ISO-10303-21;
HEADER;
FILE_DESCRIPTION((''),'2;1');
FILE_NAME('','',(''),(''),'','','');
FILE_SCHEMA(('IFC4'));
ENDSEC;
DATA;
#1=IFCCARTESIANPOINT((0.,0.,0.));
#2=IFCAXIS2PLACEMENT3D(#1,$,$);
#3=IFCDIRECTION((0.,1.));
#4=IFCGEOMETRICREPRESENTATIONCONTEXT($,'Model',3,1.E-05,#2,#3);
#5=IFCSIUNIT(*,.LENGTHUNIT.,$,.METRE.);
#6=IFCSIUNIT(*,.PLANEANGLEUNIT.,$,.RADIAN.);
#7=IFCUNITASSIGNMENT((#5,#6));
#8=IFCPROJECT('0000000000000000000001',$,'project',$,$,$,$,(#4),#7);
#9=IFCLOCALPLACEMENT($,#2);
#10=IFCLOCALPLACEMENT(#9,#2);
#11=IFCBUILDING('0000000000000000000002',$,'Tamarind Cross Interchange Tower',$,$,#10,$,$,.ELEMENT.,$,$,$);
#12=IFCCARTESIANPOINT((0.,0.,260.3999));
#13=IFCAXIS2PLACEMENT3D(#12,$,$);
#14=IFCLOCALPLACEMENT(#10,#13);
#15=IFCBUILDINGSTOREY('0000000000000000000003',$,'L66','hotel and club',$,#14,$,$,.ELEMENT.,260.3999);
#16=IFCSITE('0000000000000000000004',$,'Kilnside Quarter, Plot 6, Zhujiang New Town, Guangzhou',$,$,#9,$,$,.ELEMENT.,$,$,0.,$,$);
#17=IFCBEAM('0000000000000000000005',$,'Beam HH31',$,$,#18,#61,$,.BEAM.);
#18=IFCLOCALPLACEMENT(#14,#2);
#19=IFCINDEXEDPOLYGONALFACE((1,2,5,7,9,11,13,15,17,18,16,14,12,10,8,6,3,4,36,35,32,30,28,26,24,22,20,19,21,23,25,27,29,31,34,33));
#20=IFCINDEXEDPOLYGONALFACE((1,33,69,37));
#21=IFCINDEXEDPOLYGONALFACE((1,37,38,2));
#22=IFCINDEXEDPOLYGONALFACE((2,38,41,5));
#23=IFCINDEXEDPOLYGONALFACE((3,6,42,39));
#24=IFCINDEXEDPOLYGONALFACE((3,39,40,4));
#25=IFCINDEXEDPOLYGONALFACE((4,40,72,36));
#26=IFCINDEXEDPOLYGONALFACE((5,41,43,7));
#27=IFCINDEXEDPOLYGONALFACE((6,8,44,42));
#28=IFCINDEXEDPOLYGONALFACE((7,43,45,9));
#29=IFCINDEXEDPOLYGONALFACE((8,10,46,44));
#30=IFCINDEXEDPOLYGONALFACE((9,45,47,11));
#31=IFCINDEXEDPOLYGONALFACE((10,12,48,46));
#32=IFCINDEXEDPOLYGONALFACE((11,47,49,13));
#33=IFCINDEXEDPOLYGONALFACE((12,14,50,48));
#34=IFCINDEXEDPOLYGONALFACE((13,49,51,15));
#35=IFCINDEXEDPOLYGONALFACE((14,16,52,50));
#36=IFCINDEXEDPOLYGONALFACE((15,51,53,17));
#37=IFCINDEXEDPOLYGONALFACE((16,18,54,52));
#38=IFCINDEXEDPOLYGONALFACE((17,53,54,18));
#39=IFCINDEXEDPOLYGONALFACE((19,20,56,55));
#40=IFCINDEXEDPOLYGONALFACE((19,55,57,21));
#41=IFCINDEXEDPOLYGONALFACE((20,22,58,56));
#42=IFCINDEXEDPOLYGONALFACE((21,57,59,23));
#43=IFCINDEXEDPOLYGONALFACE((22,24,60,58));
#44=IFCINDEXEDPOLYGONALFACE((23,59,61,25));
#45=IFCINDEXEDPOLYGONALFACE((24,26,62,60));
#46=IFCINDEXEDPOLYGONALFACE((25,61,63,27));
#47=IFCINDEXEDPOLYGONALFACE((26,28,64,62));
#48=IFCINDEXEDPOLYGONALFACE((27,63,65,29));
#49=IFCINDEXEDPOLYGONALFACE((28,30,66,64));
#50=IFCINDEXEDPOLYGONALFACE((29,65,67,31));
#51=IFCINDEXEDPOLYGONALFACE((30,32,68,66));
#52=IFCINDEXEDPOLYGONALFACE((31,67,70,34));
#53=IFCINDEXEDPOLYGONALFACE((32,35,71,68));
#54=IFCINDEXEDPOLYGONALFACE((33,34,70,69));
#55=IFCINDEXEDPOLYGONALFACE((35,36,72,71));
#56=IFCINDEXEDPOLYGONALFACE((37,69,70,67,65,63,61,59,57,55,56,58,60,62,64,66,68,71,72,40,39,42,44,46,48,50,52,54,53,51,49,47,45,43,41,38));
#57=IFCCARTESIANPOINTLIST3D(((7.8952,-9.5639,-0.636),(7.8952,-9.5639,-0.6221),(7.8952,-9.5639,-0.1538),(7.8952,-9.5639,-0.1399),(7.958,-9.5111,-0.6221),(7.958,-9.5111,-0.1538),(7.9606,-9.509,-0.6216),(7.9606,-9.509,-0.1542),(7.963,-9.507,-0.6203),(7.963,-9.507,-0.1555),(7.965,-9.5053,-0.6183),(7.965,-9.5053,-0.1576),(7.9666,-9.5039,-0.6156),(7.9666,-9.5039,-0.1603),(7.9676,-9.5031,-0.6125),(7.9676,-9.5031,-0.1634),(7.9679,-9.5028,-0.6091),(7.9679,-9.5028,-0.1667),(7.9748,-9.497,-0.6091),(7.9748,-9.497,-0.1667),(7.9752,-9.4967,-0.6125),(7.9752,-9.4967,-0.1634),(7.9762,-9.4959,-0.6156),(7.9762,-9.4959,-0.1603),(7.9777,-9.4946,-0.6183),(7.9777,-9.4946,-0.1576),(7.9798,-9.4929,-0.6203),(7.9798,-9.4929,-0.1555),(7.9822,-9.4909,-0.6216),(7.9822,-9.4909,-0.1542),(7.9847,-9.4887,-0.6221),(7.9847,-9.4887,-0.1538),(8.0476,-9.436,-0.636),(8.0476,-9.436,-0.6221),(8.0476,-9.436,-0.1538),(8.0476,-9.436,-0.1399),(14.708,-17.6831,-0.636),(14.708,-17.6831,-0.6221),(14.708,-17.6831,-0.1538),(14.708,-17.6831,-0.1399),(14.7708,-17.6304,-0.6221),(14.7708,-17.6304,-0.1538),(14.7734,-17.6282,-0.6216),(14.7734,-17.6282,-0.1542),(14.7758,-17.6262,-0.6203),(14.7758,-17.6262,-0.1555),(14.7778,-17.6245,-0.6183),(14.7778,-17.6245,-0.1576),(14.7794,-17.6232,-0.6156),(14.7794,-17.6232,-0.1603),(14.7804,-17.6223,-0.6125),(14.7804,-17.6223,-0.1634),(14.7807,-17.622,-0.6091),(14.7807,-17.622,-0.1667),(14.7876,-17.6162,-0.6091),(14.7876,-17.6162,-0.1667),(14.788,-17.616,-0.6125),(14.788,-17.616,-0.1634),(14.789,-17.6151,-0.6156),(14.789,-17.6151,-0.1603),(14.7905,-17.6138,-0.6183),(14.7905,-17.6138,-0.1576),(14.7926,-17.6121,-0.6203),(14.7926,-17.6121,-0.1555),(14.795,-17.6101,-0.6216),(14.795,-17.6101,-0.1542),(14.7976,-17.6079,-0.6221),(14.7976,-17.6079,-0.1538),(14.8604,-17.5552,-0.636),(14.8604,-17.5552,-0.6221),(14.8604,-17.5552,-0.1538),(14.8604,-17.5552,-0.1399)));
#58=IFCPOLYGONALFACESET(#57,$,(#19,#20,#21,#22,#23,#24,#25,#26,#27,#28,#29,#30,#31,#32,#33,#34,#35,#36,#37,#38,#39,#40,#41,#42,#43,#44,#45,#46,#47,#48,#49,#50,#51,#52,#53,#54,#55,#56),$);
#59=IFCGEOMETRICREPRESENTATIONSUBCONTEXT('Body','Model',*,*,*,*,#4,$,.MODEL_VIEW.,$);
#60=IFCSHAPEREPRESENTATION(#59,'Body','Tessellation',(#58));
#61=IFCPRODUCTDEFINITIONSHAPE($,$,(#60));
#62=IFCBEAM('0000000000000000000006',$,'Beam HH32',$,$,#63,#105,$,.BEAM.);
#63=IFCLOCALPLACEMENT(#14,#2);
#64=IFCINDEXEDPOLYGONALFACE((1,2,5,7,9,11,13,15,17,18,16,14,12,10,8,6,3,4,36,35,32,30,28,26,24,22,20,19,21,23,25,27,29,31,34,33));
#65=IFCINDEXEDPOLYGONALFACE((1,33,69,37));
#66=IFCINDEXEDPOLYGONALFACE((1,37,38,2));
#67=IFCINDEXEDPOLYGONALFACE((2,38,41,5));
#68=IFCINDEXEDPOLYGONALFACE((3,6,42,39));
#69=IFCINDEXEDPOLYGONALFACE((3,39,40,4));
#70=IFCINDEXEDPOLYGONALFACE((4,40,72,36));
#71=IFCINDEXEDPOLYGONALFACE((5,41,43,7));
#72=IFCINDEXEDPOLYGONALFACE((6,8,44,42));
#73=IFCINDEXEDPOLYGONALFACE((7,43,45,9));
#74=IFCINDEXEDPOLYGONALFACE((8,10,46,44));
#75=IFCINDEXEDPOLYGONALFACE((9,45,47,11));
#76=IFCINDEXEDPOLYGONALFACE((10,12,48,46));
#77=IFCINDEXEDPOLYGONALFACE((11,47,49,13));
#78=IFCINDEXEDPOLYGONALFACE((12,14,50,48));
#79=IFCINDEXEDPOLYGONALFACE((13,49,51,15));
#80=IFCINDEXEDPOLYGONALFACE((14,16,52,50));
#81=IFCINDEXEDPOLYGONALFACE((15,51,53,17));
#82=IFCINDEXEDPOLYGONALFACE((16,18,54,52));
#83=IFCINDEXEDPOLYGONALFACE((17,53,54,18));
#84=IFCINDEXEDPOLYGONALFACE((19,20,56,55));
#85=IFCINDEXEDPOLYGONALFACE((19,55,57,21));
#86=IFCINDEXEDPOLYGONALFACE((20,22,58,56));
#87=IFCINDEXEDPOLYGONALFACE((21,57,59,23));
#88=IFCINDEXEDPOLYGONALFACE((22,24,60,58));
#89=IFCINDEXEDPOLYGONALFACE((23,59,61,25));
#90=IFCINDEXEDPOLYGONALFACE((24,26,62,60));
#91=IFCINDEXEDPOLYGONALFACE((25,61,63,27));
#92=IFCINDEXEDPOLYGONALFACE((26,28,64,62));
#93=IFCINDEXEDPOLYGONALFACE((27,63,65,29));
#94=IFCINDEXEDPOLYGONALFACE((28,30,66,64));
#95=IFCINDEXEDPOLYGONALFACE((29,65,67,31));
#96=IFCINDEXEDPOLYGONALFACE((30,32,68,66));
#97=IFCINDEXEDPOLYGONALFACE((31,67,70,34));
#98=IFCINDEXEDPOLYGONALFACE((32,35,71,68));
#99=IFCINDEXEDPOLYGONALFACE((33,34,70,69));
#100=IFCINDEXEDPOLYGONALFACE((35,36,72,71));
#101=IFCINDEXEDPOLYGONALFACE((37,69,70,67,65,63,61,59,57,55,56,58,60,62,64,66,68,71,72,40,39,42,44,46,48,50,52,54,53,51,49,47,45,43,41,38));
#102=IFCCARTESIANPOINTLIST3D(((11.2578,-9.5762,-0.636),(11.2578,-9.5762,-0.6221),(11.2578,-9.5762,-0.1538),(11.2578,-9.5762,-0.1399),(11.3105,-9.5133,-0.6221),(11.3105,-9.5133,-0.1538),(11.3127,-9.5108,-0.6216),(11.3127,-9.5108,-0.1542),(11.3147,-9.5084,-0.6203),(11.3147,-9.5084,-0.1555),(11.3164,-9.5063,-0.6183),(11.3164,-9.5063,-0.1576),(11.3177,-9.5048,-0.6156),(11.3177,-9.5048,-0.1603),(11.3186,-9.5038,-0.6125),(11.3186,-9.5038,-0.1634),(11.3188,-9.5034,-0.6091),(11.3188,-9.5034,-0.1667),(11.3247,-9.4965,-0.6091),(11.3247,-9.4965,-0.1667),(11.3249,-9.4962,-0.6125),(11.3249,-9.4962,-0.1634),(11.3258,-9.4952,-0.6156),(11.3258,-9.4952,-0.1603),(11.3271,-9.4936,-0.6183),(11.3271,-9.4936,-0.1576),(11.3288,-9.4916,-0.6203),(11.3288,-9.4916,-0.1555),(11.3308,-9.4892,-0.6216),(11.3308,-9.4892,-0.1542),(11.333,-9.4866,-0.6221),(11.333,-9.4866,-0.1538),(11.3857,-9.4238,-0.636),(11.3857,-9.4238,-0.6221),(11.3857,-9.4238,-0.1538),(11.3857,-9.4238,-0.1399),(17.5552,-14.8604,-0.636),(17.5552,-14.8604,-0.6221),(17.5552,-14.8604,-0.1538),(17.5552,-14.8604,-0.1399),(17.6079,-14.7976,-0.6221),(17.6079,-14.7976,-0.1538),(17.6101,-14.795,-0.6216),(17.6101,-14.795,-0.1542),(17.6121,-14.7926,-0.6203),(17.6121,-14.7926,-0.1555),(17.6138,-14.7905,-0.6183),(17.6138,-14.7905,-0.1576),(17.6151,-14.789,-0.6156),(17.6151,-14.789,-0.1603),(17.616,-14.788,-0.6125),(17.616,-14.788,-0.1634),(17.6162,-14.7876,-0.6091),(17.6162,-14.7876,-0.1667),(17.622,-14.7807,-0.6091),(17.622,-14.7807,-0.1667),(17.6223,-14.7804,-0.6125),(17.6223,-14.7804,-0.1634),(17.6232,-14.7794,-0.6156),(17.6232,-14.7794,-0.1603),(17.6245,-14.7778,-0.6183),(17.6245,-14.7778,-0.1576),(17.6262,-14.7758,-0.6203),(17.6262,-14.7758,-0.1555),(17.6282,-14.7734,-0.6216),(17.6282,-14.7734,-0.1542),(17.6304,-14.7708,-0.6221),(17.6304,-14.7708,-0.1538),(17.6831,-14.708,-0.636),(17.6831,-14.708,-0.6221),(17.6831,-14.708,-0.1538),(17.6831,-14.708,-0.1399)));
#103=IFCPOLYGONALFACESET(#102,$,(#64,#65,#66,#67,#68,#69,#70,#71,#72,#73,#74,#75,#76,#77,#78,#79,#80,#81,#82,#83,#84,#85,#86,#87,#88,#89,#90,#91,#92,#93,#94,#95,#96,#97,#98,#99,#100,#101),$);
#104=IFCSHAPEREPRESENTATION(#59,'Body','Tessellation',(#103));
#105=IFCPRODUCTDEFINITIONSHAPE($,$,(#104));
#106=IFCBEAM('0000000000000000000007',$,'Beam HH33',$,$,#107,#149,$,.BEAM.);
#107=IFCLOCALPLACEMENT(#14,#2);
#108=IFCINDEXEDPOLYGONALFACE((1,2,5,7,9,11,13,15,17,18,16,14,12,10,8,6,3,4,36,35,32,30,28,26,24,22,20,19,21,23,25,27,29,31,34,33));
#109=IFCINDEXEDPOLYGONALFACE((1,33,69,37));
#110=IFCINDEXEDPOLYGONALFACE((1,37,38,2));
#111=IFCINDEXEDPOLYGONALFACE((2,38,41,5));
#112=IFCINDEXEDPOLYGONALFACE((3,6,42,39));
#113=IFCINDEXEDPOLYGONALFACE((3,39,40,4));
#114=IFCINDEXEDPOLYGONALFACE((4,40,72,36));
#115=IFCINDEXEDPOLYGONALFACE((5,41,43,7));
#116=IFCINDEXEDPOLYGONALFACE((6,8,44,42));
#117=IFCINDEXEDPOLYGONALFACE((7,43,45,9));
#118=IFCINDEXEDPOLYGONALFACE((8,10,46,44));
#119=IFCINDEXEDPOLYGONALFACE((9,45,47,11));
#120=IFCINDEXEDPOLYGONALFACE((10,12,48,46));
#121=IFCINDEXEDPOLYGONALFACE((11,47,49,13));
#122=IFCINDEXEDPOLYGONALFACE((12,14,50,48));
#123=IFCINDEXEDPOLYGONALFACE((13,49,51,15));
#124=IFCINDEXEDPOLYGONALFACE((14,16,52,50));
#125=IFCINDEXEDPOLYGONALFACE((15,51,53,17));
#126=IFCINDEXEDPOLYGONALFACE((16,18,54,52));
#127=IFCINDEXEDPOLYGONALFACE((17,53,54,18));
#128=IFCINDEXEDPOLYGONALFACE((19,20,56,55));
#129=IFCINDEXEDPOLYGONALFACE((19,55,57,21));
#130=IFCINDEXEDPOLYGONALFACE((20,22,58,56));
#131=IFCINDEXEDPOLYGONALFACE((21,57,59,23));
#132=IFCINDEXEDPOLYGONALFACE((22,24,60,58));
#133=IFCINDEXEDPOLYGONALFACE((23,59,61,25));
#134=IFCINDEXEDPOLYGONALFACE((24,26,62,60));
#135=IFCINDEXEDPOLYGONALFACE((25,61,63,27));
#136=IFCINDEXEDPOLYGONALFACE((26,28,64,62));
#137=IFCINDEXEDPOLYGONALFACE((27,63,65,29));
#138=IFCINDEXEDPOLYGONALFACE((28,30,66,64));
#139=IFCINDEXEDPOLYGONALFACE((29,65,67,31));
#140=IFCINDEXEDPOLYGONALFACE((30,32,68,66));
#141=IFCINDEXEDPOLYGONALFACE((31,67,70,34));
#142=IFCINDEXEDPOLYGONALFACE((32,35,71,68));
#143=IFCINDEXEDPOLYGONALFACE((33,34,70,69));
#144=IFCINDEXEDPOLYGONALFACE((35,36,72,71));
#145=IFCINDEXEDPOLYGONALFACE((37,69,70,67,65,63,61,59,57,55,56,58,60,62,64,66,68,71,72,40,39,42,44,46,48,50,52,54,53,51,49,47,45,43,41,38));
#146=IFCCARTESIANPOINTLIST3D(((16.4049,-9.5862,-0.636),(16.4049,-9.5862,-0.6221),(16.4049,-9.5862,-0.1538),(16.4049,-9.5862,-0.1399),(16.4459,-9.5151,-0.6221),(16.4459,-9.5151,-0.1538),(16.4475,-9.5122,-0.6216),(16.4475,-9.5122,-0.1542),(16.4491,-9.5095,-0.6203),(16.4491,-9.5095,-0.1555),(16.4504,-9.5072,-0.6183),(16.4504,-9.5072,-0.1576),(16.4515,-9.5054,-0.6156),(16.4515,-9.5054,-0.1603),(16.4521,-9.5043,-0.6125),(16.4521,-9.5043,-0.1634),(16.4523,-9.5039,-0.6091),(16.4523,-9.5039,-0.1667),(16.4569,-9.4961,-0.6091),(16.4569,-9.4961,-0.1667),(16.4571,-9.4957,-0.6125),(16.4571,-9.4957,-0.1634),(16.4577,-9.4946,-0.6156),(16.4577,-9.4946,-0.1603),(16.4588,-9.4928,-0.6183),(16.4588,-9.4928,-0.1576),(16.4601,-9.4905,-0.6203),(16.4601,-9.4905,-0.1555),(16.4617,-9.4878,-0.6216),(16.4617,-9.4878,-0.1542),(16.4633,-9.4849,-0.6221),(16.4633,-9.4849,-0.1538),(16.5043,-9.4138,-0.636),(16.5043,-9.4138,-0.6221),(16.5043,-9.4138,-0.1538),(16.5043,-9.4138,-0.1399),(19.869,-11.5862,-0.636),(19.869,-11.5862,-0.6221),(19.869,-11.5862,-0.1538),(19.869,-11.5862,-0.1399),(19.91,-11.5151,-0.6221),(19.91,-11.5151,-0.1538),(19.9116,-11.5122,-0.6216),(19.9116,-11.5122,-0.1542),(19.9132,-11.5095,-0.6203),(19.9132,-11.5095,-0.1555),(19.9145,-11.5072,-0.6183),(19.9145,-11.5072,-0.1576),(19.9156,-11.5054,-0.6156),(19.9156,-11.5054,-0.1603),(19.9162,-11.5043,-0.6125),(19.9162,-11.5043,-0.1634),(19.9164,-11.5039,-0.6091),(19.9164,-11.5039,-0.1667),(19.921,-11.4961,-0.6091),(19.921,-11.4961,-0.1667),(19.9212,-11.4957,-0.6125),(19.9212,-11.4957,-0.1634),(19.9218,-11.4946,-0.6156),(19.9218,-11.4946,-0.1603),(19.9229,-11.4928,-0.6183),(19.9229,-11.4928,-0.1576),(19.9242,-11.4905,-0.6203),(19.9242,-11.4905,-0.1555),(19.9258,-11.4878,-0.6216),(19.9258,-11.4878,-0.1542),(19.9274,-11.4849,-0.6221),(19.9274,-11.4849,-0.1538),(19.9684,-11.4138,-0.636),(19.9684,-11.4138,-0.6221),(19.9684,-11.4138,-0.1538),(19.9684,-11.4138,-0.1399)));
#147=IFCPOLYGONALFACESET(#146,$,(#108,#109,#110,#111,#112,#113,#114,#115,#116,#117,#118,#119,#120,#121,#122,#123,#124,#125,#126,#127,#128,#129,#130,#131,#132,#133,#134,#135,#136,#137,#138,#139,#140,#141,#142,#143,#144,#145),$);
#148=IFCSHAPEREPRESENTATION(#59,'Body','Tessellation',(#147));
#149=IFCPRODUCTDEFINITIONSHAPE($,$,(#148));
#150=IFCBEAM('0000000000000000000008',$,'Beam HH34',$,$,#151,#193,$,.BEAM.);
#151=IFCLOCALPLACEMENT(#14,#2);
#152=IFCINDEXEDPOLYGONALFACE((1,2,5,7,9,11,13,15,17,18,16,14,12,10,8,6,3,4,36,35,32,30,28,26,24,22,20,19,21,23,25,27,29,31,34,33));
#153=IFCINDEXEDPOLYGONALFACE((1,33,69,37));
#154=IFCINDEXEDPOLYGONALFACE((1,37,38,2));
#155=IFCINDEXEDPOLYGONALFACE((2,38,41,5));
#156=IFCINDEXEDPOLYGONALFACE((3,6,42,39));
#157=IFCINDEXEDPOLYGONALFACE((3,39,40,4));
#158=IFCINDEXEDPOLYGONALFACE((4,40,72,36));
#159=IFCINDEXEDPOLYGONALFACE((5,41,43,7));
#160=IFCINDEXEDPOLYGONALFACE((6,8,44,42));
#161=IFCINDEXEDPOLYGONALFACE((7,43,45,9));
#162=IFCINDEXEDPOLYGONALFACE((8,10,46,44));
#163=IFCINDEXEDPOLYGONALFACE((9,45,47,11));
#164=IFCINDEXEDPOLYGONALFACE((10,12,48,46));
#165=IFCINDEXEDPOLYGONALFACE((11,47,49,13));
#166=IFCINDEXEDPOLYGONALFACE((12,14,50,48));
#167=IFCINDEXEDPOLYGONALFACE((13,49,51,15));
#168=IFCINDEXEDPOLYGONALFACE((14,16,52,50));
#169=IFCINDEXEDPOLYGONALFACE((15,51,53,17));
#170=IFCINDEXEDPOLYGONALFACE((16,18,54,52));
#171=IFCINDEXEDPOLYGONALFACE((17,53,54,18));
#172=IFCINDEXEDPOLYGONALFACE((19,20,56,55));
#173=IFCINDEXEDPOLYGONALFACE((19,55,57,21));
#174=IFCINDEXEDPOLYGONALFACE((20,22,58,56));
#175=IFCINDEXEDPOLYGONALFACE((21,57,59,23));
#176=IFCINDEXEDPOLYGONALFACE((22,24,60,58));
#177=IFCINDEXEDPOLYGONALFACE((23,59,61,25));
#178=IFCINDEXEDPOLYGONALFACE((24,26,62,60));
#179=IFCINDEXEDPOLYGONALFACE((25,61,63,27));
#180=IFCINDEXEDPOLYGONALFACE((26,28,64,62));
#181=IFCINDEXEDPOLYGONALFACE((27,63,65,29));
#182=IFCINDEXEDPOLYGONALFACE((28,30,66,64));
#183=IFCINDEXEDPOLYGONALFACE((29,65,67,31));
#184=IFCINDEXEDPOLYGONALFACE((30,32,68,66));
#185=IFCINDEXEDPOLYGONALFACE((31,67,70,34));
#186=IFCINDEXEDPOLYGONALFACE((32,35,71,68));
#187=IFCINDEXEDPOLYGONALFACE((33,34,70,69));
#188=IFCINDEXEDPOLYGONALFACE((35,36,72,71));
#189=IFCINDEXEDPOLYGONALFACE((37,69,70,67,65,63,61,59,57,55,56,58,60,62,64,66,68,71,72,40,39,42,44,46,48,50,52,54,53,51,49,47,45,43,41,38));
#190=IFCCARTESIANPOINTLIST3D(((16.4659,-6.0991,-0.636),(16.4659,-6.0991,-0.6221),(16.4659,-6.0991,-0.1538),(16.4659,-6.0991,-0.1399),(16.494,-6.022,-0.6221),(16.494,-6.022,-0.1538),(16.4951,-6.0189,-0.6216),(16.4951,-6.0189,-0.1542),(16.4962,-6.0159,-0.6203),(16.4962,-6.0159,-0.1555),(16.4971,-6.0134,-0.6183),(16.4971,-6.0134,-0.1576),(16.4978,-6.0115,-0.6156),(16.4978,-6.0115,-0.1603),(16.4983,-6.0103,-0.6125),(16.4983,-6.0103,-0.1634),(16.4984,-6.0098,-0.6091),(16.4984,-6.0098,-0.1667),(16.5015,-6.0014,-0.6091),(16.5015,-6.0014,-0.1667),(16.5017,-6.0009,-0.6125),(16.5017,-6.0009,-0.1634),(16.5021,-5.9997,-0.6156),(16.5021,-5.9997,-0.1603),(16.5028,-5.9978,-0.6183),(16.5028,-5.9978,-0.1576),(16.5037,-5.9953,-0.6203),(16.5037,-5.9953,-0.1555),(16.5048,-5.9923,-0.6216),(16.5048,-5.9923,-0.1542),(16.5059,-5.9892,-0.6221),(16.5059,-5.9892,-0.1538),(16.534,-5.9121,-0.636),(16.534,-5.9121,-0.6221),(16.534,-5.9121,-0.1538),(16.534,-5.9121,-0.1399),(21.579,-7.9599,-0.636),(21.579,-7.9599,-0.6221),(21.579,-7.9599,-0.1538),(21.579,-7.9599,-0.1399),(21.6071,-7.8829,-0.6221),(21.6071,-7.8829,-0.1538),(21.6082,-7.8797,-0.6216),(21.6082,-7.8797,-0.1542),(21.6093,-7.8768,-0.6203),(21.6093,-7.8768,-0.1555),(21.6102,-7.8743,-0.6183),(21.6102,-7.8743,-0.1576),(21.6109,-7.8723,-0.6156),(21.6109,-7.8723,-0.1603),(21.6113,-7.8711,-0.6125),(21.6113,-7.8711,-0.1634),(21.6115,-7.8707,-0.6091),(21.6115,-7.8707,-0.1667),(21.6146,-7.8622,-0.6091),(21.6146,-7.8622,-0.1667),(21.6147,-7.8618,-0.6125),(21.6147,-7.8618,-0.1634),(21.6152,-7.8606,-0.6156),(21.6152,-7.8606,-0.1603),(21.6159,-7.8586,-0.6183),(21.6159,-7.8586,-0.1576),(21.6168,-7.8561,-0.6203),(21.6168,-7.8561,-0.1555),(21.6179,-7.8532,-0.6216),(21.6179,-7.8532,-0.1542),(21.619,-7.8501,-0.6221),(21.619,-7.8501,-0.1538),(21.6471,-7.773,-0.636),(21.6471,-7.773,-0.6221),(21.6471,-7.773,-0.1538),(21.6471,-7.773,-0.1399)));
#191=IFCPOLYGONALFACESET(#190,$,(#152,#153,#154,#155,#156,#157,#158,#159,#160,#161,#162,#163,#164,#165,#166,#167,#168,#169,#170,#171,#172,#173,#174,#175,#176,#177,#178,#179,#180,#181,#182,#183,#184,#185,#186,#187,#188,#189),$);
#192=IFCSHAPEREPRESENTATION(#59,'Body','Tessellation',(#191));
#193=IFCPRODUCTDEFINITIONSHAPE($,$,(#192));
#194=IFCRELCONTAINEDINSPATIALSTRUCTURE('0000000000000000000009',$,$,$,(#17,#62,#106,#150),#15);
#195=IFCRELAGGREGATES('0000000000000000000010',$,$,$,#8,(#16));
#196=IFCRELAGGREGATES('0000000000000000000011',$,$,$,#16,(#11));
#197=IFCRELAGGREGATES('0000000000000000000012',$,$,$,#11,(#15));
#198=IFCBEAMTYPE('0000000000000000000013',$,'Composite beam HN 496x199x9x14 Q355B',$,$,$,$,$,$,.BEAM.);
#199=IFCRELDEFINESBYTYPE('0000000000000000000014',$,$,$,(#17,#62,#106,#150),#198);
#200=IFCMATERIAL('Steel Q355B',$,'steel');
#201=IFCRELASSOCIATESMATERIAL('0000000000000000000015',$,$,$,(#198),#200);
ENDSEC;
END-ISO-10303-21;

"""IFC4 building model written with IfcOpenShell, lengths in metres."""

from ifc_helpers import new_model, si_unit, direction, frame, origin, origin_2d, place, context, subcontext, project, spatial, i_section, extrude, material, material_profile, profile_set, type_object, element, save


model = new_model("IFC4")

# Units and contexts
model_context = context("Model", 3, precision=1e-05, world=origin(), true_north=direction((0.0, 1.0)))
body_context = subcontext(model_context, "Body", "Model", "MODEL_VIEW")
ifc_project = project(units=[si_unit("LENGTHUNIT", "METRE"), si_unit("PLANEANGLEUNIT", "RADIAN")], contexts=[model_context])

# Site, building, storey
site_placement = place(None, origin())
site = spatial("IfcSite", under=ifc_project, at=site_placement, Name="Kilnside Quarter, Plot 6, Zhujiang New Town, Guangzhou", CompositionType="ELEMENT", RefElevation=0.0)
building_placement = place(site_placement, origin())
building = spatial("IfcBuilding", under=site, at=building_placement, Name="Tamarind Cross Interchange Tower", CompositionType="ELEMENT")
storey_placement = place(building_placement, frame((0.0, 0.0, 260.3999)))
storey = spatial("IfcBuildingStorey", under=building, at=storey_placement, Name="L66", Description="hotel and club", CompositionType="ELEMENT", Elevation=260.3999)

# Beams
ifc_material_1 = material(Name="Steel Q355B", Category="steel")
ifc_material_profile_1 = material_profile(ifc_material_1, i_section(OverallWidth=0.199, OverallDepth=0.4961, WebThickness=0.009, FlangeThickness=0.0139, FilletRadius=0.0129, at=origin_2d()), Name="HN 496x199x9x14")
ifc_profile_set_1 = profile_set([ifc_material_profile_1], Name="Steel Q355B")
beam_type = type_object("IfcBeamType", Name="Composite beam HN 496x199x9x14 Q355B", PredefinedType="BEAM", material=ifc_profile_set_1)
beam_1_placement = place(storey_placement, frame((14.7842, -17.6191, -0.3879), z_axis=(-0.642786, 0.766046, 0.0), x_axis=(-0.766046, -0.642786, 0.0)))
element("IfcBeam", 1, at=beam_1_placement, inside=storey, type_object=beam_type, Name="Beam HH31", PredefinedType="BEAM", context=body_context, shape_type="SweptSolid", body=[
    extrude(i_section(OverallWidth=0.199, OverallDepth=0.4961, WebThickness=0.009, FlangeThickness=0.0139, FilletRadius=0.0129, at=origin_2d()), origin(), (0.0, 0.0, 1.0), 10.5989),
])
beam_2_placement = place(storey_placement, frame((17.6191, -14.7842, -0.3879), z_axis=(-0.766041, 0.642792, 0.0), x_axis=(-0.642792, -0.766041, 0.0)))
element("IfcBeam", 2, at=beam_2_placement, inside=storey, type_object=beam_type, Name="Beam HH32", PredefinedType="BEAM", context=body_context, shape_type="SweptSolid", body=[
    extrude(i_section(OverallWidth=0.199, OverallDepth=0.4961, WebThickness=0.009, FlangeThickness=0.0139, FilletRadius=0.0129, at=origin_2d()), origin(), (0.0, 0.0, 1.0), 8.2207),
])
beam_3_placement = place(storey_placement, frame((19.9187, -11.5, -0.3879), z_axis=(-0.866026, 0.499999, 0.0), x_axis=(-0.499999, -0.866026, 0.0)))
element("IfcBeam", 3, at=beam_3_placement, inside=storey, type_object=beam_type, Name="Beam HH33", PredefinedType="BEAM", context=body_context, shape_type="SweptSolid", body=[
    extrude(i_section(OverallWidth=0.199, OverallDepth=0.4961, WebThickness=0.009, FlangeThickness=0.0139, FilletRadius=0.0129, at=origin_2d()), origin(), (0.0, 0.0, 1.0), 4.0),
])
beam_4_placement = place(storey_placement, frame((21.613, -7.8665, -0.3879), z_axis=(-0.939702, 0.341995, 0.0), x_axis=(-0.341995, -0.939702, 0.0)))
element("IfcBeam", 4, at=beam_4_placement, inside=storey, type_object=beam_type, Name="Beam HH34", PredefinedType="BEAM", context=body_context, shape_type="SweptSolid", body=[
    extrude(i_section(OverallWidth=0.199, OverallDepth=0.4961, WebThickness=0.009, FlangeThickness=0.0139, FilletRadius=0.0129, at=origin_2d()), origin(), (0.0, 0.0, 1.0), 5.4412),
])

save(model, "model.ifc")
